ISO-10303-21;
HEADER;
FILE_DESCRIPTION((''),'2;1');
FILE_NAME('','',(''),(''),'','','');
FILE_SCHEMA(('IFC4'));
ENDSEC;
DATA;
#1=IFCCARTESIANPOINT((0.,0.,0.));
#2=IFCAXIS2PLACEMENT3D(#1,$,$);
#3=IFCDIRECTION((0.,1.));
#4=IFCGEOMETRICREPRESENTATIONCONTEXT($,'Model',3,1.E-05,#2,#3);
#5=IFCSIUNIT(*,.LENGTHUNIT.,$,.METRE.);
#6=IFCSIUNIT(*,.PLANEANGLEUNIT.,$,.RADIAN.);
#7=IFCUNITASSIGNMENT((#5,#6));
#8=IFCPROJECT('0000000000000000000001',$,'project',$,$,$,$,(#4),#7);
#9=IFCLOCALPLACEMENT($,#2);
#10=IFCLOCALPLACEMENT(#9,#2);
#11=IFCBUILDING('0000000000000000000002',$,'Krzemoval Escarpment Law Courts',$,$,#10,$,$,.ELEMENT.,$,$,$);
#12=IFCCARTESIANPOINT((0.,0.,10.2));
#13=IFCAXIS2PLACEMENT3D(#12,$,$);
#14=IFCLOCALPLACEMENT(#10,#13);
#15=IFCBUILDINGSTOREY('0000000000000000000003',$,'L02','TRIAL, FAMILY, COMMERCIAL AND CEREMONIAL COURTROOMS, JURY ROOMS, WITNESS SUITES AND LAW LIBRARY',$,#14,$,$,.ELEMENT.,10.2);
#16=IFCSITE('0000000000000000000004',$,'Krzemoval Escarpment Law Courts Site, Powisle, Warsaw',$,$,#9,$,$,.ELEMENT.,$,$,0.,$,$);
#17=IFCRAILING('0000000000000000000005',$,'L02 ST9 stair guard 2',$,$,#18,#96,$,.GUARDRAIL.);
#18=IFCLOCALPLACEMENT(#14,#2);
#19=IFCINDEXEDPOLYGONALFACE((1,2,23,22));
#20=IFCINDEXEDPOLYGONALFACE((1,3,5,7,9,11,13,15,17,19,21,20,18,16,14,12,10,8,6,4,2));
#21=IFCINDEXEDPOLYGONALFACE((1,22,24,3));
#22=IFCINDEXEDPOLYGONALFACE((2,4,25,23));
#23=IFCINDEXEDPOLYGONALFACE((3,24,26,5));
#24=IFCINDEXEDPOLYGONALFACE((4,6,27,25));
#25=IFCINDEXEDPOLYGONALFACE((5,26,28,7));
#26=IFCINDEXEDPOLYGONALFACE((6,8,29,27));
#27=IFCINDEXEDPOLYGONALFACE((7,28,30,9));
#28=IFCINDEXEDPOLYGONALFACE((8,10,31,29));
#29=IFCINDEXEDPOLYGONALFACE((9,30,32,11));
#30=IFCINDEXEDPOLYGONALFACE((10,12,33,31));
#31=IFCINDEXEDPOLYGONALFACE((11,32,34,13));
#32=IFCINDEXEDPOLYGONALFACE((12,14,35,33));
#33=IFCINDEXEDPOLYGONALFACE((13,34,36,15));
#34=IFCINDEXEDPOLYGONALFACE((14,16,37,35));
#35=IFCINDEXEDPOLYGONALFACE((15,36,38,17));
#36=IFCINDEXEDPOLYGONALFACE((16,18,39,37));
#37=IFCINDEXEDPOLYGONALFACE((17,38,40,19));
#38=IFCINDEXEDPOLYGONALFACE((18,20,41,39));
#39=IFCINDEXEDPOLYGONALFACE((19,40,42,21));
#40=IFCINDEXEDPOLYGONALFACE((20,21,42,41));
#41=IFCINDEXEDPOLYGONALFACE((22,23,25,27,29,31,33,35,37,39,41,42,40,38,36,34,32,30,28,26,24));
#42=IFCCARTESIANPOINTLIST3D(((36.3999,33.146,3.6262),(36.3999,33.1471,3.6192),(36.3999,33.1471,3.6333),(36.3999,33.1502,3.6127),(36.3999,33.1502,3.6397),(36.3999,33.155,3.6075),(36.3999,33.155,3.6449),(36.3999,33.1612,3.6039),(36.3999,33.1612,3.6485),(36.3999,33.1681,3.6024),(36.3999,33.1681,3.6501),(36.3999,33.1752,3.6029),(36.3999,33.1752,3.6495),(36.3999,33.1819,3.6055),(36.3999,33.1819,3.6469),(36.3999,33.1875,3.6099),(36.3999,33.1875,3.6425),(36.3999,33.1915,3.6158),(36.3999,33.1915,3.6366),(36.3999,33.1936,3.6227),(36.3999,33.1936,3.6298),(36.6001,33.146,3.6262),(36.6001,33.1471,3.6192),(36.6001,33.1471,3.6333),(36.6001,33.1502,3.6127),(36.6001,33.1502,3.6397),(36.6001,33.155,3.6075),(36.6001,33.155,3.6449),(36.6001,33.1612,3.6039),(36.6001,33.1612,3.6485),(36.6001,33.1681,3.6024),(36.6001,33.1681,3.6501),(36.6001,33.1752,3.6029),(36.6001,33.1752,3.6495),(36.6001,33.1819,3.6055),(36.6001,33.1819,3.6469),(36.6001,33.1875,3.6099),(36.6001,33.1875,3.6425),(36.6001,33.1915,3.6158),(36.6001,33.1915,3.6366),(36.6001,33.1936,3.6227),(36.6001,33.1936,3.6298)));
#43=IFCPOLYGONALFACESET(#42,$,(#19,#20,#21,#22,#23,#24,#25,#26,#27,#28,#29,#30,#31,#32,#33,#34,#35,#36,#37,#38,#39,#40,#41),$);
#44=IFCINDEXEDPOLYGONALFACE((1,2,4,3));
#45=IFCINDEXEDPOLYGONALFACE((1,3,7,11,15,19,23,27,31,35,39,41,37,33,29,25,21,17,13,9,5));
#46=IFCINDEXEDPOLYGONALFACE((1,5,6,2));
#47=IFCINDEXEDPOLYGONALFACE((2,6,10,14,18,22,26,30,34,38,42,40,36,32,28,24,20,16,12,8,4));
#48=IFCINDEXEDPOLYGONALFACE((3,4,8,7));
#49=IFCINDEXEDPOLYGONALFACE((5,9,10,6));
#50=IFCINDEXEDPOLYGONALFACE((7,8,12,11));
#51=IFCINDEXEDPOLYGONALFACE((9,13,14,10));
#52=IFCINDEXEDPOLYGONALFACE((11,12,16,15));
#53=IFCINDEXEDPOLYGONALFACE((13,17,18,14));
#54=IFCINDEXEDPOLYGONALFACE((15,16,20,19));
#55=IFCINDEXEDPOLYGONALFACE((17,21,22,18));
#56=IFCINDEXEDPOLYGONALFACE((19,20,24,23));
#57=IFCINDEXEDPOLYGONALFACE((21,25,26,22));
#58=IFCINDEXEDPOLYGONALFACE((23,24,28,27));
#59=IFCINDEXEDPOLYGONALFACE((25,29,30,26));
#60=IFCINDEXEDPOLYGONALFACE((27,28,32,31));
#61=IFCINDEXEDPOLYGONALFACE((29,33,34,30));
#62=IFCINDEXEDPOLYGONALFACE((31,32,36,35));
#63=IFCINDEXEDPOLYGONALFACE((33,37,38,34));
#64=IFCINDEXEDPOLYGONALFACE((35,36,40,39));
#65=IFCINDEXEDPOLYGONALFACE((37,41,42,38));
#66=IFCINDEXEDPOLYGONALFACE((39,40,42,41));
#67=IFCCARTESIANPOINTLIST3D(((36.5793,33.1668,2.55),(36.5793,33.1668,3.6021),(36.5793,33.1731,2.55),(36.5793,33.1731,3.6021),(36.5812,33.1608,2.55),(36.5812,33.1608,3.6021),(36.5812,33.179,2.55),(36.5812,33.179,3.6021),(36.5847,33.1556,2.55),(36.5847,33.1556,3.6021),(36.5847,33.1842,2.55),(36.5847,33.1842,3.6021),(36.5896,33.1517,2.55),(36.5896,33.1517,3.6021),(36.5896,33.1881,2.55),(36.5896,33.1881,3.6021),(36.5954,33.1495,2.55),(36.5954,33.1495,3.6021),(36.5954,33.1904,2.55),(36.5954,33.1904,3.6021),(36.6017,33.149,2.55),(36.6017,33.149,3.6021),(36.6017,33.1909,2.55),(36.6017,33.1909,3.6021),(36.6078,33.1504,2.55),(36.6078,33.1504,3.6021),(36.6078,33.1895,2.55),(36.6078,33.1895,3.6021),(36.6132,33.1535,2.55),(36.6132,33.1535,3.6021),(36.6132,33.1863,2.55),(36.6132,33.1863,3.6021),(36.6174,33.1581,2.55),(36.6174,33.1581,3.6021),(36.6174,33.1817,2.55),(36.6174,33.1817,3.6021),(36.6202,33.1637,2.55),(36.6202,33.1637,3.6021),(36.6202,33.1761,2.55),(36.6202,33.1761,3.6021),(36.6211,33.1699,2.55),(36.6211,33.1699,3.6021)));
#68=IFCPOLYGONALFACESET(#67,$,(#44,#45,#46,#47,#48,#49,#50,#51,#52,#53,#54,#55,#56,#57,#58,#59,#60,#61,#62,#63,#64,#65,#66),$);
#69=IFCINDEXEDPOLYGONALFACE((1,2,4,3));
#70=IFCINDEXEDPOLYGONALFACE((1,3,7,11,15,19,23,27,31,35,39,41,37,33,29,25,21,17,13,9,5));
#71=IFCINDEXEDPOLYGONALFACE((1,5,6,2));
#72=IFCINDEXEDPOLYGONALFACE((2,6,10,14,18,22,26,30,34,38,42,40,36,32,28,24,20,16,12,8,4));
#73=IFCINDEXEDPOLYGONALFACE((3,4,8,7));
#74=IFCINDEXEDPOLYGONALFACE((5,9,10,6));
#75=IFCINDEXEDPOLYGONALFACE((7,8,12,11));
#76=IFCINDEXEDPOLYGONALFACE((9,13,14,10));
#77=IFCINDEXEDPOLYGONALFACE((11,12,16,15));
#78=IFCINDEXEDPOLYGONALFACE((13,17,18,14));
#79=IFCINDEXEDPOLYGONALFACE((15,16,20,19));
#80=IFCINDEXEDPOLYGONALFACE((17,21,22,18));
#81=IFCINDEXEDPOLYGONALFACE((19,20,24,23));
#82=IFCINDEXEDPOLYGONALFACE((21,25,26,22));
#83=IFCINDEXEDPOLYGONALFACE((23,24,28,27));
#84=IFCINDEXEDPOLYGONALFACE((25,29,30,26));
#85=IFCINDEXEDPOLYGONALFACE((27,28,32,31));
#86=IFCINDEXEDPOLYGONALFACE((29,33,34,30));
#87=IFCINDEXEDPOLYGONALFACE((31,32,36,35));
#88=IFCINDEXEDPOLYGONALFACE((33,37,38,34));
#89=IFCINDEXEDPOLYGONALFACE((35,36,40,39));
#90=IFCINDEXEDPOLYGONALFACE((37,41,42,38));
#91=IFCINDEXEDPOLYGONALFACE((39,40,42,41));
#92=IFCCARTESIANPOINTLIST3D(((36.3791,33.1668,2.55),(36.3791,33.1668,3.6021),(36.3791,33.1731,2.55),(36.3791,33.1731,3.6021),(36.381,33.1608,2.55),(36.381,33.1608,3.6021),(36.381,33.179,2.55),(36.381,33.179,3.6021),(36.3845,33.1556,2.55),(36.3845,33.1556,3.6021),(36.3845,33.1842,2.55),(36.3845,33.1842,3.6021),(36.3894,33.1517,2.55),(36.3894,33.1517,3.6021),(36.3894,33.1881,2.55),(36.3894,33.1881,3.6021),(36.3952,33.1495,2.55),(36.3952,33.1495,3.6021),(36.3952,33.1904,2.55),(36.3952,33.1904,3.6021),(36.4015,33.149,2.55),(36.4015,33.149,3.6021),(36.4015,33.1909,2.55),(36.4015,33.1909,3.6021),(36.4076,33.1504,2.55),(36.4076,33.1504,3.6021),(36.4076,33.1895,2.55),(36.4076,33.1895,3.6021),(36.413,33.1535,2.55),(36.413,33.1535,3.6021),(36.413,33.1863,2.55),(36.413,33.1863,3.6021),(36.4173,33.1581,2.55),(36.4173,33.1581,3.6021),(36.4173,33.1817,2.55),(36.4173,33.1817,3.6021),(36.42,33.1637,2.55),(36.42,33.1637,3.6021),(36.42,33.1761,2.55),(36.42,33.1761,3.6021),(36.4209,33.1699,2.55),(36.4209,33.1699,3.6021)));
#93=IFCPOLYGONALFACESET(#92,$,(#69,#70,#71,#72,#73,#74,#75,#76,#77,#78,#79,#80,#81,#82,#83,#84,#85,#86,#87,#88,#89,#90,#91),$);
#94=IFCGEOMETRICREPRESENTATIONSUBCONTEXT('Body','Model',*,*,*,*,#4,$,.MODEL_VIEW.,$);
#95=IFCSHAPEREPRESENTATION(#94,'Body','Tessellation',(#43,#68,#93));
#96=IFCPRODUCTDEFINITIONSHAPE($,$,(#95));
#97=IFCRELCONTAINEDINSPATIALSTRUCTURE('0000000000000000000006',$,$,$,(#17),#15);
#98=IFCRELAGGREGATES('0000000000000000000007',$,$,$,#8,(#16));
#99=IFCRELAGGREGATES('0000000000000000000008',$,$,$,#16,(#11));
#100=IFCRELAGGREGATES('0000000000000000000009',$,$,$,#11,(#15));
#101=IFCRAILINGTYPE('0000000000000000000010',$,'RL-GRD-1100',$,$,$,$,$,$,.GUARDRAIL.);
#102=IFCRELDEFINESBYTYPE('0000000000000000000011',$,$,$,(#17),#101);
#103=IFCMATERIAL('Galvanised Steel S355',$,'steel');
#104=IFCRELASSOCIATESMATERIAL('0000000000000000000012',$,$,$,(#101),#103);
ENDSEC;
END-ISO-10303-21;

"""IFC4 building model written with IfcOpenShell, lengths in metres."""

from ifc_helpers import new_model, si_unit, direction, frame, origin, origin_2d, place, context, subcontext, project, spatial, circle, extrude, material, type_object, element, save


model = new_model("IFC4")

# Units and contexts
model_context = context("Model", 3, precision=1e-05, world=origin(), true_north=direction((0.0, 1.0)))
body_context = subcontext(model_context, "Body", "Model", "MODEL_VIEW")
ifc_project = project(units=[si_unit("LENGTHUNIT", "METRE"), si_unit("PLANEANGLEUNIT", "RADIAN")], contexts=[model_context])

# Site, building, storey
site_placement = place(None, origin())
site = spatial("IfcSite", under=ifc_project, at=site_placement, Name="Krzemoval Escarpment Law Courts Site, Powisle, Warsaw", CompositionType="ELEMENT", RefElevation=0.0)
building_placement = place(site_placement, origin())
building = spatial("IfcBuilding", under=site, at=building_placement, Name="Krzemoval Escarpment Law Courts", CompositionType="ELEMENT")
storey_placement = place(building_placement, frame((0.0, 0.0, 10.2)))
storey = spatial("IfcBuildingStorey", under=building, at=storey_placement, Name="L02", Description="TRIAL, FAMILY, COMMERCIAL AND CEREMONIAL COURTROOMS, JURY ROOMS, WITNESS SUITES AND LAW LIBRARY", CompositionType="ELEMENT", Elevation=10.2)

# Railing
ifc_material_1 = material(Name="Galvanised Steel S355", Category="steel")
railing_type_1 = type_object("IfcRailingType", Name="RL-GRD-1100", PredefinedType="GUARDRAIL", material=ifc_material_1)
railing_1_placement = place(storey_placement, frame((36.6001, 33.1699, 2.55)))
element("IfcRailing", 1, at=railing_1_placement, inside=storey, type_object=railing_type_1, Name="L02 ST9 stair guard 2", PredefinedType="GUARDRAIL", context=body_context, shape_type="SweptSolid", body=[
    extrude(circle(Radius=0.0239, at=origin_2d()), frame((0.0, 0.0, 1.0762), z_axis=(-1.0, 0.0, 0.0), x_axis=(0.0, -1.0, 0.0)), (0.0, 0.0, 1.0), 0.2002),
    extrude(circle(Radius=0.021, at=origin_2d()), origin(), (0.0, 0.0, 1.0), 1.052),
    extrude(circle(Radius=0.021, at=origin_2d()), frame((-0.2002, 0.0, 0.0)), (0.0, 0.0, 1.0), 1.052),
])

save(model, "model.ifc")
